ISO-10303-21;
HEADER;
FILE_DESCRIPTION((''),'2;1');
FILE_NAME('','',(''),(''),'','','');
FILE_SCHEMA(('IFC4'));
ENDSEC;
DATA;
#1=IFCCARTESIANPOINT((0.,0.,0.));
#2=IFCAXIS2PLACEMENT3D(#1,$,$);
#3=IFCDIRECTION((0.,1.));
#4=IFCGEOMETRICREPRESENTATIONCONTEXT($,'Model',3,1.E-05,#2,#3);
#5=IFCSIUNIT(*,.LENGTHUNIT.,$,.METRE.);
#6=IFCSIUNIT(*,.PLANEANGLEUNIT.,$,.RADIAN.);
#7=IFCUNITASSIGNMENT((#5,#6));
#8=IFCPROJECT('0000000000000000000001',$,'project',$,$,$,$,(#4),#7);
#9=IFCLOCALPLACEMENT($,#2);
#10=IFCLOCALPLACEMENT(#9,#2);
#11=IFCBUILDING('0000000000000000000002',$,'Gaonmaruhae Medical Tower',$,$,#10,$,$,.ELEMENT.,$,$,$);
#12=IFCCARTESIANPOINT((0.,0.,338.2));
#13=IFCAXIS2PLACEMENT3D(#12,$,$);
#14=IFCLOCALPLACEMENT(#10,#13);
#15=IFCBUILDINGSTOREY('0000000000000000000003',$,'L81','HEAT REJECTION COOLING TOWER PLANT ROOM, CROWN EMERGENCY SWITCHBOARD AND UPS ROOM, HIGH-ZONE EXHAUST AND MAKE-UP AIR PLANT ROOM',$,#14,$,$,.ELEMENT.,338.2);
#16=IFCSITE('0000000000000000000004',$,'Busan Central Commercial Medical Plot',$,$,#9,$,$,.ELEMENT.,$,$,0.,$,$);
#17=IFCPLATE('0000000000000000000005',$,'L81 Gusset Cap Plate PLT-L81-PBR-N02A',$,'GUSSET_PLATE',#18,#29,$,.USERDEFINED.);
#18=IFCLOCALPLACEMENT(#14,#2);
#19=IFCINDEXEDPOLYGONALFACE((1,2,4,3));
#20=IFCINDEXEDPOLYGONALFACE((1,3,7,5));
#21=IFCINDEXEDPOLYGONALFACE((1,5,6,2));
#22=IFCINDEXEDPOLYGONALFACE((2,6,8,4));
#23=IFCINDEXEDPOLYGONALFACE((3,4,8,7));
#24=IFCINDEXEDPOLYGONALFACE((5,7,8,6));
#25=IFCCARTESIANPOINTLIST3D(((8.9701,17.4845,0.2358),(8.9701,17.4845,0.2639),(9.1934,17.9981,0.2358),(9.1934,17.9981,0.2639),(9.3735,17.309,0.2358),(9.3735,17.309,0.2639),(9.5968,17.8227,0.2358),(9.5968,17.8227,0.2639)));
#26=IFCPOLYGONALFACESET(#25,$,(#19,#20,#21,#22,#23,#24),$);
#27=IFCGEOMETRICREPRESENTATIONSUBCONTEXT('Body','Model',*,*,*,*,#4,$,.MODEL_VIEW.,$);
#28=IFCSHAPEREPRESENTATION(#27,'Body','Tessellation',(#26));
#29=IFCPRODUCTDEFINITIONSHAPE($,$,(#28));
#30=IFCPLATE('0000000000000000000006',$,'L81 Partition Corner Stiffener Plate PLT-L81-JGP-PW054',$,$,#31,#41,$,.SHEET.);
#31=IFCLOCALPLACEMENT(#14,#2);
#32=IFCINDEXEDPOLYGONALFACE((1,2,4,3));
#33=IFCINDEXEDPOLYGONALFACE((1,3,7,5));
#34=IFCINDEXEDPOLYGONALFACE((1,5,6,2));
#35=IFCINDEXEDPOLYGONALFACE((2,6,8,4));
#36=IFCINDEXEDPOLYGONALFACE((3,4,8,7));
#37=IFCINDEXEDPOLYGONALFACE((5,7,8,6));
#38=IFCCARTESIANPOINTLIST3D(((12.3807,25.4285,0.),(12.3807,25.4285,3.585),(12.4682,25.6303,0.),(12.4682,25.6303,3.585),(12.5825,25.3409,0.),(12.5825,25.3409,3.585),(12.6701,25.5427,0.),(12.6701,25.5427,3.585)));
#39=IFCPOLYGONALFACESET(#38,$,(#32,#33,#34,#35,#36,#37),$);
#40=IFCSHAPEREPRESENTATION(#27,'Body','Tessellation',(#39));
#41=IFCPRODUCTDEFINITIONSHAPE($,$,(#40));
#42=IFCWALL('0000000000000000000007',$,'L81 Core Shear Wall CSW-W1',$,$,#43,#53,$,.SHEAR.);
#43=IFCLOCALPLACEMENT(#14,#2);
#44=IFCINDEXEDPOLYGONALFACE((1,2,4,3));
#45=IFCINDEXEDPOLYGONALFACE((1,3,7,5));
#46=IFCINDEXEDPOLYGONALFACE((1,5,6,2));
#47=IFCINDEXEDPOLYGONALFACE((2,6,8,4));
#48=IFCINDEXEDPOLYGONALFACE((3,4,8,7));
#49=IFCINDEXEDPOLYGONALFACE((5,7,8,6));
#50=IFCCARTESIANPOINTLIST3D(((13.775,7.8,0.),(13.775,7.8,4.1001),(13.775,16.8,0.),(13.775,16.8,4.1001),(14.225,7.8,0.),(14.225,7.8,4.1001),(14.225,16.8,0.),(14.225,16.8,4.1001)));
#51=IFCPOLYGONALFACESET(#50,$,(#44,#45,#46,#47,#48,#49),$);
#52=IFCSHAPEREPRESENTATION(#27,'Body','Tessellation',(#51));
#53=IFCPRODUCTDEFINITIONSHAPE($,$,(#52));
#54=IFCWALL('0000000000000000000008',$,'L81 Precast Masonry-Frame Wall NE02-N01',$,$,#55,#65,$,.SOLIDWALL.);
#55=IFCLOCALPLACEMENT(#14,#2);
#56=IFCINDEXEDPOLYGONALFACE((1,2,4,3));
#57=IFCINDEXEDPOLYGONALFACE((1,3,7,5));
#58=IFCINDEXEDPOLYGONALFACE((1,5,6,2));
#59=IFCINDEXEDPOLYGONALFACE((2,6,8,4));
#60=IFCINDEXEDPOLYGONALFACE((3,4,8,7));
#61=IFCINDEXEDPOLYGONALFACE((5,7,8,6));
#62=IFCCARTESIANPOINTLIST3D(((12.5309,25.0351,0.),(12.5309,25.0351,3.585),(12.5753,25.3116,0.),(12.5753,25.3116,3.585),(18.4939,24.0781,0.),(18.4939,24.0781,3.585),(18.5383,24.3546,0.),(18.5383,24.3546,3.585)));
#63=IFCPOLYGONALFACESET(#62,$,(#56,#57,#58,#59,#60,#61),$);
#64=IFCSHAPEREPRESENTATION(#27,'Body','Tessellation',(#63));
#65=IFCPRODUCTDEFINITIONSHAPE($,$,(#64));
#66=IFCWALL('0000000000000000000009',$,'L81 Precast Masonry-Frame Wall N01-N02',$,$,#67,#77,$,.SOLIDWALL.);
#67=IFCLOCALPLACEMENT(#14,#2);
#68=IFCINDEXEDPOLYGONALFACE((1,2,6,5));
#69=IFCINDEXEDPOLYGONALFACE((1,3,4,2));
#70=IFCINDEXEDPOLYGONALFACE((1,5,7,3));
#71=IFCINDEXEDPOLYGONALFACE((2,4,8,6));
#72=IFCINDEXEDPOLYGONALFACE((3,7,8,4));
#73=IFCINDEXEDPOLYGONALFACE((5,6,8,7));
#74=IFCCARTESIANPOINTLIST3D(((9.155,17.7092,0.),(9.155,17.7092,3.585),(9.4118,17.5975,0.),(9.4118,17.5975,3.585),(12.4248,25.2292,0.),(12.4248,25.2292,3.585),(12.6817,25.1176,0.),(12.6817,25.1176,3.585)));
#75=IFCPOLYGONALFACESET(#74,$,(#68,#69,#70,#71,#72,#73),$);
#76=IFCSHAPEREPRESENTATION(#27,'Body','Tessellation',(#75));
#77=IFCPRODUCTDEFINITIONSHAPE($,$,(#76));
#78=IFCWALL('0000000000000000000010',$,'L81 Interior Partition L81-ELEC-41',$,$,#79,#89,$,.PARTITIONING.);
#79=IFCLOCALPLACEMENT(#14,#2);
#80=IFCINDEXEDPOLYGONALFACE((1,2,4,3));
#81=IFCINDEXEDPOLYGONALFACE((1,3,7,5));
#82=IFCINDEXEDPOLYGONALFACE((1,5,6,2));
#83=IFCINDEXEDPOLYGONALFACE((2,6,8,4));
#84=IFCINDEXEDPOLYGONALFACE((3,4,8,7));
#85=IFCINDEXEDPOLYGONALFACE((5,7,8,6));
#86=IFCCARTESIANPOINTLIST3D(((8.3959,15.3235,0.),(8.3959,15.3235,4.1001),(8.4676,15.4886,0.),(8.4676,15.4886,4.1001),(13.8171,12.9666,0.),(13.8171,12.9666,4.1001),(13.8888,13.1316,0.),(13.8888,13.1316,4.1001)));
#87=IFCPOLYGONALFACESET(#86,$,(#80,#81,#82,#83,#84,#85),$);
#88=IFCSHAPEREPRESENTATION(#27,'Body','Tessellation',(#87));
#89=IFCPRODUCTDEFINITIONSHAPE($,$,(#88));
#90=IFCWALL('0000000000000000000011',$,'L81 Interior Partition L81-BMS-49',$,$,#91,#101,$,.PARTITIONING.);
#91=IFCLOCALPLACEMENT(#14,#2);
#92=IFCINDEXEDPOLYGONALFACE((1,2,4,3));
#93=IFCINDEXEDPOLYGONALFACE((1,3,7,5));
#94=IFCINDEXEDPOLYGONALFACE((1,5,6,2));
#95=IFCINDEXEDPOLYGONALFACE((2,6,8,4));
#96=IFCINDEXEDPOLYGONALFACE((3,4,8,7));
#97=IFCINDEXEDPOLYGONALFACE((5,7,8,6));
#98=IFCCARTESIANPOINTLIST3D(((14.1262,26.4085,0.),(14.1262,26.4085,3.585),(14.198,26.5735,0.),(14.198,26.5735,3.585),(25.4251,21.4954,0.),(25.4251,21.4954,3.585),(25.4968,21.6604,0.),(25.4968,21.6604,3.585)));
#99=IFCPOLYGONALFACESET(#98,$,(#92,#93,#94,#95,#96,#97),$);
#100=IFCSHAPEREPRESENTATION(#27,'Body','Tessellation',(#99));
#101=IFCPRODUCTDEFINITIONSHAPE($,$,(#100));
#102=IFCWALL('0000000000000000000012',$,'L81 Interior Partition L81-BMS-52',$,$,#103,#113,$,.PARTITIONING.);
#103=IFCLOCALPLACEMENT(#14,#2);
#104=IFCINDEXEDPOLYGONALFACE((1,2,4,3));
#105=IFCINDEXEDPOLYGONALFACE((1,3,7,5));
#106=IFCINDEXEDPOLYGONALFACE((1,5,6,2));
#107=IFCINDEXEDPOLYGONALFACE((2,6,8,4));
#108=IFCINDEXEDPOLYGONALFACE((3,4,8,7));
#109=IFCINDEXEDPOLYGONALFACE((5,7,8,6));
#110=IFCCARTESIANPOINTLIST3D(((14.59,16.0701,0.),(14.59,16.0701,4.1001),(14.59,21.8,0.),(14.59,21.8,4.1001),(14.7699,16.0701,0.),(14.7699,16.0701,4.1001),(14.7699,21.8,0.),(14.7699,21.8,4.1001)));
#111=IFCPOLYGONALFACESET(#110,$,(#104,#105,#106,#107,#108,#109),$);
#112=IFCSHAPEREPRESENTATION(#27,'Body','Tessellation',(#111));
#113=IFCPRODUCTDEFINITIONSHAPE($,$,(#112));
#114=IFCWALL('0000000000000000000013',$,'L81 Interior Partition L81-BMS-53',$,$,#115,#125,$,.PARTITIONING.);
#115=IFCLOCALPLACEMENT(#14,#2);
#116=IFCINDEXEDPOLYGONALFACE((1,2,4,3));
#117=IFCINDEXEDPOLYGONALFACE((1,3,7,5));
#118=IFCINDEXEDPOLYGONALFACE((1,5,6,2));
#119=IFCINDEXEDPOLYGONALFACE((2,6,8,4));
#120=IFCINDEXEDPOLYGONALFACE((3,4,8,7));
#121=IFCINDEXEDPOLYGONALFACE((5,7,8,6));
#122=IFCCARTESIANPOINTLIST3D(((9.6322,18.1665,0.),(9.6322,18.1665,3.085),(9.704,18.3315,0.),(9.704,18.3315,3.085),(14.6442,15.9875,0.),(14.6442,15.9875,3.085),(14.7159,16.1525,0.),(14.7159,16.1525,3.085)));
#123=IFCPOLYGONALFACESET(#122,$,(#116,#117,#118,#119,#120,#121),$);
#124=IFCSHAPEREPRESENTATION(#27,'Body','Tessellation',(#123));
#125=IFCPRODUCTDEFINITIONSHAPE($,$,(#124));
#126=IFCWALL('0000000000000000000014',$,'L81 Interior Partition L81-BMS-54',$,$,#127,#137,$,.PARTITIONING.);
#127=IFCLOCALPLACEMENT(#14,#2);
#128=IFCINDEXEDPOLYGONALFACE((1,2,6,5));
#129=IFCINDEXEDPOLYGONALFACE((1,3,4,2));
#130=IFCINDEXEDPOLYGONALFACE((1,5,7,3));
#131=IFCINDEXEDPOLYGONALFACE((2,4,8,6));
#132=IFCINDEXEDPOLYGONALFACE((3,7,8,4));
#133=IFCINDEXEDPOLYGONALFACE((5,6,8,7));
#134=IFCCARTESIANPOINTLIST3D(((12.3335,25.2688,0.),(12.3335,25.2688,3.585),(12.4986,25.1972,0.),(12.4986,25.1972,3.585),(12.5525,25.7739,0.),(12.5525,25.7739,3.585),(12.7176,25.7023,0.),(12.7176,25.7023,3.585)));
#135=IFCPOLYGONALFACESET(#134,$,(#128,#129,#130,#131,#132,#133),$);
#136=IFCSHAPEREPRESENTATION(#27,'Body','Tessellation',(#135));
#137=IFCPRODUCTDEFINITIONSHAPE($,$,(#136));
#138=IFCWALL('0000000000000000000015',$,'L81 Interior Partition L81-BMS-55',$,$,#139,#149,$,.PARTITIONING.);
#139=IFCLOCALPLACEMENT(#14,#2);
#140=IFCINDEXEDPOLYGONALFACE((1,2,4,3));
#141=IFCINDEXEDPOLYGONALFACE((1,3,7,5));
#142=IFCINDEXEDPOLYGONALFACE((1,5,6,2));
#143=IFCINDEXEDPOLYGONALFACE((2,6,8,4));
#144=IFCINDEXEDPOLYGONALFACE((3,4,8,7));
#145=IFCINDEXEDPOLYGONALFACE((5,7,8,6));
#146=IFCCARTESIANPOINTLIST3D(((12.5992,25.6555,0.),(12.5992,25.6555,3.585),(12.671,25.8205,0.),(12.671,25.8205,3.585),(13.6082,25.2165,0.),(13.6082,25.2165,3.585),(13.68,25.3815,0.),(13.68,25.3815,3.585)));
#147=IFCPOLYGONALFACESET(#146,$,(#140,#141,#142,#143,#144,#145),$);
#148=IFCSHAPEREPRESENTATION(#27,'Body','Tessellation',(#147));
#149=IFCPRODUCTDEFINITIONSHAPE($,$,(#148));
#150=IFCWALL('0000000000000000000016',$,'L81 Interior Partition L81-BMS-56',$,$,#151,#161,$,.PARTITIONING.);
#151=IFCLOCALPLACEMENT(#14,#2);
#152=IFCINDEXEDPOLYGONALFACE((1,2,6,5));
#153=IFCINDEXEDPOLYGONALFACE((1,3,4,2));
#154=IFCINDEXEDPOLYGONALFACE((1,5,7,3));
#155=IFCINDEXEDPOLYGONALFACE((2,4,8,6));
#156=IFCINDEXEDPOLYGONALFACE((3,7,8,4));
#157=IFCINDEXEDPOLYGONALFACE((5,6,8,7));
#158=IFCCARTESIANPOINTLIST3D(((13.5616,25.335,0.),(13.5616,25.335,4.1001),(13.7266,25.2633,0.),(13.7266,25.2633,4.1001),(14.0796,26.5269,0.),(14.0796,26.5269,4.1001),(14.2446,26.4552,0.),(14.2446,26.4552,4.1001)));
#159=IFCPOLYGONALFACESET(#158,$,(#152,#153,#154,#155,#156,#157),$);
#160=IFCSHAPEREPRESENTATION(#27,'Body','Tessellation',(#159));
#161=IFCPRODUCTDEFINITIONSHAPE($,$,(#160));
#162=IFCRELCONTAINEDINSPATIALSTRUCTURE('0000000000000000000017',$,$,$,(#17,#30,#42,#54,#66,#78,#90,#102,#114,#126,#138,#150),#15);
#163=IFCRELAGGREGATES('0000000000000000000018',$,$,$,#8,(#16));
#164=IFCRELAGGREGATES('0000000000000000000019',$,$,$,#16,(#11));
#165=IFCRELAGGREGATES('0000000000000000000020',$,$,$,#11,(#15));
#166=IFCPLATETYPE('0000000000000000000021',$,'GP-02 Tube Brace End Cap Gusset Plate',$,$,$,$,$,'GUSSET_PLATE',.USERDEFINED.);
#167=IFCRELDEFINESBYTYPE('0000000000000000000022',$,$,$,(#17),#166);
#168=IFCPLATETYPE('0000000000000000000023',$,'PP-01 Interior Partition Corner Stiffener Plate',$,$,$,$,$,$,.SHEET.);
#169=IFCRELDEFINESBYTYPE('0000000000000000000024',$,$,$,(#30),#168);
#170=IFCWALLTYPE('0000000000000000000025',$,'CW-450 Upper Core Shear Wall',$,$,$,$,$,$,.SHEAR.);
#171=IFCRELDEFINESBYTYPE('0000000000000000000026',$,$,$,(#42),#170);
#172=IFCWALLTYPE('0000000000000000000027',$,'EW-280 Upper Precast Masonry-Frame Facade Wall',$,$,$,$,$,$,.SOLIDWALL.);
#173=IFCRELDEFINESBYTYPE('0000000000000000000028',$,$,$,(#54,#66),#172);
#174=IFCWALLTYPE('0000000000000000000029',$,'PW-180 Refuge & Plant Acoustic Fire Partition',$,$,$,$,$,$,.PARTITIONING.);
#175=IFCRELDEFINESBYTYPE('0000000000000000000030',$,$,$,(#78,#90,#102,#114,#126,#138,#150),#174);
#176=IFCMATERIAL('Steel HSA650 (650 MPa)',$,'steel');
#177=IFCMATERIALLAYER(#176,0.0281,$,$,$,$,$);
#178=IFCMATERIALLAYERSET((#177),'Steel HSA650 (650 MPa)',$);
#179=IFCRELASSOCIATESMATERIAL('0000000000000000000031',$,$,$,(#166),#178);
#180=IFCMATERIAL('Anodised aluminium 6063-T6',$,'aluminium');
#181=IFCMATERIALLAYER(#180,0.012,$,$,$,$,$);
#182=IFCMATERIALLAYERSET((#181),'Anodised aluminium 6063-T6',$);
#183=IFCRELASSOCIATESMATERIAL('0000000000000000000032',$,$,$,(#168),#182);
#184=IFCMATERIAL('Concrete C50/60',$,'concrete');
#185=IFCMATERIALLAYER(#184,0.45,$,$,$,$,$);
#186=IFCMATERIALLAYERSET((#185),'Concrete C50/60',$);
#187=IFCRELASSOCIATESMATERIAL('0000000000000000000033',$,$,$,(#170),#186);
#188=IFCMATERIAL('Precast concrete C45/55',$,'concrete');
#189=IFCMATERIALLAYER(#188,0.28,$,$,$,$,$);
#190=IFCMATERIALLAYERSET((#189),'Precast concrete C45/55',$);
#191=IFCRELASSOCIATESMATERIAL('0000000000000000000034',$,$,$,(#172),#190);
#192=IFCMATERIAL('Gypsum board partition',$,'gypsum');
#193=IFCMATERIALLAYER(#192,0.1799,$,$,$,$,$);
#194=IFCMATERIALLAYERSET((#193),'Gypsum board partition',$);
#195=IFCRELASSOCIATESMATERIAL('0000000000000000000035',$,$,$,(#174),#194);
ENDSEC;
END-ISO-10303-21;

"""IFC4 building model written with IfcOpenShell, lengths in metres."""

from ifc_helpers import new_model, si_unit, direction, frame, frame_2d, origin, origin_2d, place, context, subcontext, project, spatial, rectangle, extrude, material, layer, layer_set, type_object, element, save


model = new_model("IFC4")

# Units and contexts
model_context = context("Model", 3, precision=1e-05, world=origin(), true_north=direction((0.0, 1.0)))
body_context = subcontext(model_context, "Body", "Model", "MODEL_VIEW")
ifc_project = project(units=[si_unit("LENGTHUNIT", "METRE"), si_unit("PLANEANGLEUNIT", "RADIAN")], contexts=[model_context])

# Site, building, storey
site_placement = place(None, origin())
site = spatial("IfcSite", under=ifc_project, at=site_placement, Name="Busan Central Commercial Medical Plot", CompositionType="ELEMENT", RefElevation=0.0)
building_placement = place(site_placement, origin())
building = spatial("IfcBuilding", under=site, at=building_placement, Name="Gaonmaruhae Medical Tower", CompositionType="ELEMENT")
storey_placement = place(building_placement, frame((0.0, 0.0, 338.2)))
storey = spatial("IfcBuildingStorey", under=building, at=storey_placement, Name="L81", Description="HEAT REJECTION COOLING TOWER PLANT ROOM, CROWN EMERGENCY SWITCHBOARD AND UPS ROOM, HIGH-ZONE EXHAUST AND MAKE-UP AIR PLANT ROOM", CompositionType="ELEMENT", Elevation=338.2)

# Shared definitions
ifc_material_1 = material(Name="Concrete C50/60", Category="concrete")

# Plates
ifc_material_2 = material(Name="Steel HSA650 (650 MPa)", Category="steel")
ifc_layer_1 = layer(ifc_material_2, 0.0281)
ifc_layer_set_1 = layer_set([ifc_layer_1], Name="Steel HSA650 (650 MPa)")
plate_type_1 = type_object("IfcPlateType", Name="GP-02 Tube Brace End Cap Gusset Plate", ElementType="GUSSET_PLATE", PredefinedType="USERDEFINED", material=ifc_layer_set_1)
plate_1_placement = place(storey_placement, frame((9.2834, 17.6536, 0.2358), z_axis=(0.0, 0.0, 1.0), x_axis=(0.398749, 0.91706, 0.0)))
element("IfcPlate", 1, at=plate_1_placement, inside=storey, type_object=plate_type_1, Name="L81 Gusset Cap Plate PLT-L81-PBR-N02A", ObjectType="GUSSET_PLATE", PredefinedType="USERDEFINED", context=body_context, shape_type="SweptSolid", body=[
    extrude(rectangle(XDim=0.5601, YDim=0.4399, at=origin_2d()), origin(), (0.0, 0.0, 1.0), 0.0281),
])
ifc_material_3 = material(Name="Anodised aluminium 6063-T6", Category="aluminium")
ifc_layer_2 = layer(ifc_material_3, 0.012)
ifc_layer_set_2 = layer_set([ifc_layer_2], Name="Anodised aluminium 6063-T6")
plate_type_2 = type_object("IfcPlateType", Name="PP-01 Interior Partition Corner Stiffener Plate", PredefinedType="SHEET", material=ifc_layer_set_2)
plate_2_placement = place(storey_placement, frame((12.5254, 25.4856, 0.0), z_axis=(0.0, 0.0, 1.0), x_axis=(0.397869, 0.917442, 0.0)))
element("IfcPlate", 2, at=plate_2_placement, inside=storey, type_object=plate_type_2, Name="L81 Partition Corner Stiffener Plate PLT-L81-JGP-PW054", PredefinedType="SHEET", context=body_context, shape_type="SweptSolid", body=[
    extrude(rectangle(XDim=0.22, YDim=0.22, at=origin_2d()), origin(), (0.0, 0.0, 1.0), 3.585),
])

# Walls
ifc_layer_3 = layer(ifc_material_1, 0.45)
ifc_layer_set_3 = layer_set([ifc_layer_3], Name="Concrete C50/60")
wall_type_1 = type_object("IfcWallType", Name="CW-450 Upper Core Shear Wall", PredefinedType="SHEAR", material=ifc_layer_set_3)
wall_1_placement = place(storey_placement, frame((14.0, 16.8, 0.0), z_axis=(0.0, 0.0, 1.0), x_axis=(0.0, -1.0, 0.0)))
element("IfcWall", 3, at=wall_1_placement, inside=storey, type_object=wall_type_1, Name="L81 Core Shear Wall CSW-W1", PredefinedType="SHEAR", context=body_context, shape_type="SweptSolid", body=[
    extrude(rectangle(XDim=9.0, YDim=0.45, at=frame_2d((4.5, 0.0))), origin(), (0.0, 0.0, 1.0), 4.1001),
])
ifc_material_4 = material(Name="Precast concrete C45/55", Category="concrete")
ifc_layer_4 = layer(ifc_material_4, 0.28)
ifc_layer_set_4 = layer_set([ifc_layer_4], Name="Precast concrete C45/55")
wall_type_2 = type_object("IfcWallType", Name="EW-280 Upper Precast Masonry-Frame Facade Wall", PredefinedType="SOLIDWALL", material=ifc_layer_set_4)
wall_2_placement = place(storey_placement, frame((12.5532, 25.1733, 0.0), z_axis=(0.0, 0.0, 1.0), x_axis=(0.987364, -0.15847, 0.0)))
element("IfcWall", 4, at=wall_2_placement, inside=storey, type_object=wall_type_2, Name="L81 Precast Masonry-Frame Wall NE02-N01", PredefinedType="SOLIDWALL", context=body_context, shape_type="SweptSolid", body=[
    extrude(rectangle(XDim=6.0393, YDim=0.28, at=frame_2d((3.0195, 0.0))), origin(), (0.0, 0.0, 1.0), 3.585),
])
wall_3_placement = place(storey_placement, frame((9.2834, 17.6533, 0.0), z_axis=(0.0, 0.0, 1.0), x_axis=(0.398747, 0.917061, 0.0)))
element("IfcWall", 5, at=wall_3_placement, inside=storey, type_object=wall_type_2, Name="L81 Precast Masonry-Frame Wall N01-N02", PredefinedType="SOLIDWALL", context=body_context, shape_type="SweptSolid", body=[
    extrude(rectangle(XDim=8.2002, YDim=0.28, at=frame_2d((4.1001, 0.0))), origin(), (0.0, 0.0, 1.0), 3.585),
])
ifc_material_5 = material(Name="Gypsum board partition", Category="gypsum")
ifc_layer_5 = layer(ifc_material_5, 0.1799)
ifc_layer_set_5 = layer_set([ifc_layer_5], Name="Gypsum board partition")
wall_type_3 = type_object("IfcWallType", Name="PW-180 Refuge & Plant Acoustic Fire Partition", PredefinedType="PARTITIONING", material=ifc_layer_set_5)
wall_4_placement = place(storey_placement, frame((8.4319, 15.406, 0.0), z_axis=(0.0, 0.0, 1.0), x_axis=(0.917075, -0.398714, 0.0)))
element("IfcWall", 6, at=wall_4_placement, inside=storey, type_object=wall_type_3, Name="L81 Interior Partition L81-ELEC-41", PredefinedType="PARTITIONING", context=body_context, shape_type="SweptSolid", body=[
    extrude(rectangle(XDim=5.9114, YDim=0.1799, at=frame_2d((2.9556, 0.0))), origin(), (0.0, 0.0, 1.0), 4.1001),
])
wall_5_placement = place(storey_placement, frame((14.1621, 26.491, 0.0), z_axis=(0.0, 0.0, 1.0), x_axis=(0.917054, -0.398764, 0.0)))
element("IfcWall", 7, at=wall_5_placement, inside=storey, type_object=wall_type_3, Name="L81 Interior Partition L81-BMS-49", PredefinedType="PARTITIONING", context=body_context, shape_type="SweptSolid", body=[
    extrude(rectangle(XDim=12.3208, YDim=0.1799, at=frame_2d((6.1604, 0.0))), origin(), (0.0, 0.0, 1.0), 3.585),
])
wall_6_placement = place(storey_placement, frame((14.6799, 21.8, 0.0), z_axis=(0.0, 0.0, 1.0), x_axis=(0.0, -1.0, 0.0)))
element("IfcWall", 8, at=wall_6_placement, inside=storey, type_object=wall_type_3, Name="L81 Interior Partition L81-BMS-52", PredefinedType="PARTITIONING", context=body_context, shape_type="SweptSolid", body=[
    extrude(rectangle(XDim=5.73, YDim=0.1799, at=frame_2d((2.865, 0.0))), origin(), (0.0, 0.0, 1.0), 4.1001),
])
wall_7_placement = place(storey_placement, frame((14.6799, 16.0701, 0.0), z_axis=(0.0, 0.0, 1.0), x_axis=(-0.917081, 0.398702, 0.0)))
element("IfcWall", 9, at=wall_7_placement, inside=storey, type_object=wall_type_3, Name="L81 Interior Partition L81-BMS-53", PredefinedType="PARTITIONING", context=body_context, shape_type="SweptSolid", body=[
    extrude(rectangle(XDim=5.4651, YDim=0.1799, at=frame_2d((2.7324, 0.0))), origin(), (0.0, 0.0, 1.0), 3.085),
])
wall_8_placement = place(storey_placement, frame((12.416, 25.2329, 0.0), z_axis=(0.0, 0.0, 1.0), x_axis=(0.397769, 0.917486, 0.0)))
element("IfcWall", 10, at=wall_8_placement, inside=storey, type_object=wall_type_3, Name="L81 Interior Partition L81-BMS-54", PredefinedType="PARTITIONING", context=body_context, shape_type="SweptSolid", body=[
    extrude(rectangle(XDim=0.5505, YDim=0.1799, at=frame_2d((0.2754, 0.0))), origin(), (0.0, 0.0, 1.0), 3.585),
])
wall_9_placement = place(storey_placement, frame((12.635, 25.738, 0.0), z_axis=(0.0, 0.0, 1.0), x_axis=(0.916985, -0.398921, 0.0)))
element("IfcWall", 11, at=wall_9_placement, inside=storey, type_object=wall_type_3, Name="L81 Interior Partition L81-BMS-55", PredefinedType="PARTITIONING", context=body_context, shape_type="SweptSolid", body=[
    extrude(rectangle(XDim=1.1003, YDim=0.1799, at=frame_2d((0.5503, 0.0))), origin(), (0.0, 0.0, 1.0), 3.585),
])
wall_10_placement = place(storey_placement, frame((13.644, 25.2991, 0.0), z_axis=(0.0, 0.0, 1.0), x_axis=(0.39863, 0.917112, 0.0)))
element("IfcWall", 12, at=wall_10_placement, inside=storey, type_object=wall_type_3, Name="L81 Interior Partition L81-BMS-56", PredefinedType="PARTITIONING", context=body_context, shape_type="SweptSolid", body=[
    extrude(rectangle(XDim=1.2996, YDim=0.1799, at=frame_2d((0.6499, 0.0))), origin(), (0.0, 0.0, 1.0), 4.1001),
])

save(model, "model.ifc")
